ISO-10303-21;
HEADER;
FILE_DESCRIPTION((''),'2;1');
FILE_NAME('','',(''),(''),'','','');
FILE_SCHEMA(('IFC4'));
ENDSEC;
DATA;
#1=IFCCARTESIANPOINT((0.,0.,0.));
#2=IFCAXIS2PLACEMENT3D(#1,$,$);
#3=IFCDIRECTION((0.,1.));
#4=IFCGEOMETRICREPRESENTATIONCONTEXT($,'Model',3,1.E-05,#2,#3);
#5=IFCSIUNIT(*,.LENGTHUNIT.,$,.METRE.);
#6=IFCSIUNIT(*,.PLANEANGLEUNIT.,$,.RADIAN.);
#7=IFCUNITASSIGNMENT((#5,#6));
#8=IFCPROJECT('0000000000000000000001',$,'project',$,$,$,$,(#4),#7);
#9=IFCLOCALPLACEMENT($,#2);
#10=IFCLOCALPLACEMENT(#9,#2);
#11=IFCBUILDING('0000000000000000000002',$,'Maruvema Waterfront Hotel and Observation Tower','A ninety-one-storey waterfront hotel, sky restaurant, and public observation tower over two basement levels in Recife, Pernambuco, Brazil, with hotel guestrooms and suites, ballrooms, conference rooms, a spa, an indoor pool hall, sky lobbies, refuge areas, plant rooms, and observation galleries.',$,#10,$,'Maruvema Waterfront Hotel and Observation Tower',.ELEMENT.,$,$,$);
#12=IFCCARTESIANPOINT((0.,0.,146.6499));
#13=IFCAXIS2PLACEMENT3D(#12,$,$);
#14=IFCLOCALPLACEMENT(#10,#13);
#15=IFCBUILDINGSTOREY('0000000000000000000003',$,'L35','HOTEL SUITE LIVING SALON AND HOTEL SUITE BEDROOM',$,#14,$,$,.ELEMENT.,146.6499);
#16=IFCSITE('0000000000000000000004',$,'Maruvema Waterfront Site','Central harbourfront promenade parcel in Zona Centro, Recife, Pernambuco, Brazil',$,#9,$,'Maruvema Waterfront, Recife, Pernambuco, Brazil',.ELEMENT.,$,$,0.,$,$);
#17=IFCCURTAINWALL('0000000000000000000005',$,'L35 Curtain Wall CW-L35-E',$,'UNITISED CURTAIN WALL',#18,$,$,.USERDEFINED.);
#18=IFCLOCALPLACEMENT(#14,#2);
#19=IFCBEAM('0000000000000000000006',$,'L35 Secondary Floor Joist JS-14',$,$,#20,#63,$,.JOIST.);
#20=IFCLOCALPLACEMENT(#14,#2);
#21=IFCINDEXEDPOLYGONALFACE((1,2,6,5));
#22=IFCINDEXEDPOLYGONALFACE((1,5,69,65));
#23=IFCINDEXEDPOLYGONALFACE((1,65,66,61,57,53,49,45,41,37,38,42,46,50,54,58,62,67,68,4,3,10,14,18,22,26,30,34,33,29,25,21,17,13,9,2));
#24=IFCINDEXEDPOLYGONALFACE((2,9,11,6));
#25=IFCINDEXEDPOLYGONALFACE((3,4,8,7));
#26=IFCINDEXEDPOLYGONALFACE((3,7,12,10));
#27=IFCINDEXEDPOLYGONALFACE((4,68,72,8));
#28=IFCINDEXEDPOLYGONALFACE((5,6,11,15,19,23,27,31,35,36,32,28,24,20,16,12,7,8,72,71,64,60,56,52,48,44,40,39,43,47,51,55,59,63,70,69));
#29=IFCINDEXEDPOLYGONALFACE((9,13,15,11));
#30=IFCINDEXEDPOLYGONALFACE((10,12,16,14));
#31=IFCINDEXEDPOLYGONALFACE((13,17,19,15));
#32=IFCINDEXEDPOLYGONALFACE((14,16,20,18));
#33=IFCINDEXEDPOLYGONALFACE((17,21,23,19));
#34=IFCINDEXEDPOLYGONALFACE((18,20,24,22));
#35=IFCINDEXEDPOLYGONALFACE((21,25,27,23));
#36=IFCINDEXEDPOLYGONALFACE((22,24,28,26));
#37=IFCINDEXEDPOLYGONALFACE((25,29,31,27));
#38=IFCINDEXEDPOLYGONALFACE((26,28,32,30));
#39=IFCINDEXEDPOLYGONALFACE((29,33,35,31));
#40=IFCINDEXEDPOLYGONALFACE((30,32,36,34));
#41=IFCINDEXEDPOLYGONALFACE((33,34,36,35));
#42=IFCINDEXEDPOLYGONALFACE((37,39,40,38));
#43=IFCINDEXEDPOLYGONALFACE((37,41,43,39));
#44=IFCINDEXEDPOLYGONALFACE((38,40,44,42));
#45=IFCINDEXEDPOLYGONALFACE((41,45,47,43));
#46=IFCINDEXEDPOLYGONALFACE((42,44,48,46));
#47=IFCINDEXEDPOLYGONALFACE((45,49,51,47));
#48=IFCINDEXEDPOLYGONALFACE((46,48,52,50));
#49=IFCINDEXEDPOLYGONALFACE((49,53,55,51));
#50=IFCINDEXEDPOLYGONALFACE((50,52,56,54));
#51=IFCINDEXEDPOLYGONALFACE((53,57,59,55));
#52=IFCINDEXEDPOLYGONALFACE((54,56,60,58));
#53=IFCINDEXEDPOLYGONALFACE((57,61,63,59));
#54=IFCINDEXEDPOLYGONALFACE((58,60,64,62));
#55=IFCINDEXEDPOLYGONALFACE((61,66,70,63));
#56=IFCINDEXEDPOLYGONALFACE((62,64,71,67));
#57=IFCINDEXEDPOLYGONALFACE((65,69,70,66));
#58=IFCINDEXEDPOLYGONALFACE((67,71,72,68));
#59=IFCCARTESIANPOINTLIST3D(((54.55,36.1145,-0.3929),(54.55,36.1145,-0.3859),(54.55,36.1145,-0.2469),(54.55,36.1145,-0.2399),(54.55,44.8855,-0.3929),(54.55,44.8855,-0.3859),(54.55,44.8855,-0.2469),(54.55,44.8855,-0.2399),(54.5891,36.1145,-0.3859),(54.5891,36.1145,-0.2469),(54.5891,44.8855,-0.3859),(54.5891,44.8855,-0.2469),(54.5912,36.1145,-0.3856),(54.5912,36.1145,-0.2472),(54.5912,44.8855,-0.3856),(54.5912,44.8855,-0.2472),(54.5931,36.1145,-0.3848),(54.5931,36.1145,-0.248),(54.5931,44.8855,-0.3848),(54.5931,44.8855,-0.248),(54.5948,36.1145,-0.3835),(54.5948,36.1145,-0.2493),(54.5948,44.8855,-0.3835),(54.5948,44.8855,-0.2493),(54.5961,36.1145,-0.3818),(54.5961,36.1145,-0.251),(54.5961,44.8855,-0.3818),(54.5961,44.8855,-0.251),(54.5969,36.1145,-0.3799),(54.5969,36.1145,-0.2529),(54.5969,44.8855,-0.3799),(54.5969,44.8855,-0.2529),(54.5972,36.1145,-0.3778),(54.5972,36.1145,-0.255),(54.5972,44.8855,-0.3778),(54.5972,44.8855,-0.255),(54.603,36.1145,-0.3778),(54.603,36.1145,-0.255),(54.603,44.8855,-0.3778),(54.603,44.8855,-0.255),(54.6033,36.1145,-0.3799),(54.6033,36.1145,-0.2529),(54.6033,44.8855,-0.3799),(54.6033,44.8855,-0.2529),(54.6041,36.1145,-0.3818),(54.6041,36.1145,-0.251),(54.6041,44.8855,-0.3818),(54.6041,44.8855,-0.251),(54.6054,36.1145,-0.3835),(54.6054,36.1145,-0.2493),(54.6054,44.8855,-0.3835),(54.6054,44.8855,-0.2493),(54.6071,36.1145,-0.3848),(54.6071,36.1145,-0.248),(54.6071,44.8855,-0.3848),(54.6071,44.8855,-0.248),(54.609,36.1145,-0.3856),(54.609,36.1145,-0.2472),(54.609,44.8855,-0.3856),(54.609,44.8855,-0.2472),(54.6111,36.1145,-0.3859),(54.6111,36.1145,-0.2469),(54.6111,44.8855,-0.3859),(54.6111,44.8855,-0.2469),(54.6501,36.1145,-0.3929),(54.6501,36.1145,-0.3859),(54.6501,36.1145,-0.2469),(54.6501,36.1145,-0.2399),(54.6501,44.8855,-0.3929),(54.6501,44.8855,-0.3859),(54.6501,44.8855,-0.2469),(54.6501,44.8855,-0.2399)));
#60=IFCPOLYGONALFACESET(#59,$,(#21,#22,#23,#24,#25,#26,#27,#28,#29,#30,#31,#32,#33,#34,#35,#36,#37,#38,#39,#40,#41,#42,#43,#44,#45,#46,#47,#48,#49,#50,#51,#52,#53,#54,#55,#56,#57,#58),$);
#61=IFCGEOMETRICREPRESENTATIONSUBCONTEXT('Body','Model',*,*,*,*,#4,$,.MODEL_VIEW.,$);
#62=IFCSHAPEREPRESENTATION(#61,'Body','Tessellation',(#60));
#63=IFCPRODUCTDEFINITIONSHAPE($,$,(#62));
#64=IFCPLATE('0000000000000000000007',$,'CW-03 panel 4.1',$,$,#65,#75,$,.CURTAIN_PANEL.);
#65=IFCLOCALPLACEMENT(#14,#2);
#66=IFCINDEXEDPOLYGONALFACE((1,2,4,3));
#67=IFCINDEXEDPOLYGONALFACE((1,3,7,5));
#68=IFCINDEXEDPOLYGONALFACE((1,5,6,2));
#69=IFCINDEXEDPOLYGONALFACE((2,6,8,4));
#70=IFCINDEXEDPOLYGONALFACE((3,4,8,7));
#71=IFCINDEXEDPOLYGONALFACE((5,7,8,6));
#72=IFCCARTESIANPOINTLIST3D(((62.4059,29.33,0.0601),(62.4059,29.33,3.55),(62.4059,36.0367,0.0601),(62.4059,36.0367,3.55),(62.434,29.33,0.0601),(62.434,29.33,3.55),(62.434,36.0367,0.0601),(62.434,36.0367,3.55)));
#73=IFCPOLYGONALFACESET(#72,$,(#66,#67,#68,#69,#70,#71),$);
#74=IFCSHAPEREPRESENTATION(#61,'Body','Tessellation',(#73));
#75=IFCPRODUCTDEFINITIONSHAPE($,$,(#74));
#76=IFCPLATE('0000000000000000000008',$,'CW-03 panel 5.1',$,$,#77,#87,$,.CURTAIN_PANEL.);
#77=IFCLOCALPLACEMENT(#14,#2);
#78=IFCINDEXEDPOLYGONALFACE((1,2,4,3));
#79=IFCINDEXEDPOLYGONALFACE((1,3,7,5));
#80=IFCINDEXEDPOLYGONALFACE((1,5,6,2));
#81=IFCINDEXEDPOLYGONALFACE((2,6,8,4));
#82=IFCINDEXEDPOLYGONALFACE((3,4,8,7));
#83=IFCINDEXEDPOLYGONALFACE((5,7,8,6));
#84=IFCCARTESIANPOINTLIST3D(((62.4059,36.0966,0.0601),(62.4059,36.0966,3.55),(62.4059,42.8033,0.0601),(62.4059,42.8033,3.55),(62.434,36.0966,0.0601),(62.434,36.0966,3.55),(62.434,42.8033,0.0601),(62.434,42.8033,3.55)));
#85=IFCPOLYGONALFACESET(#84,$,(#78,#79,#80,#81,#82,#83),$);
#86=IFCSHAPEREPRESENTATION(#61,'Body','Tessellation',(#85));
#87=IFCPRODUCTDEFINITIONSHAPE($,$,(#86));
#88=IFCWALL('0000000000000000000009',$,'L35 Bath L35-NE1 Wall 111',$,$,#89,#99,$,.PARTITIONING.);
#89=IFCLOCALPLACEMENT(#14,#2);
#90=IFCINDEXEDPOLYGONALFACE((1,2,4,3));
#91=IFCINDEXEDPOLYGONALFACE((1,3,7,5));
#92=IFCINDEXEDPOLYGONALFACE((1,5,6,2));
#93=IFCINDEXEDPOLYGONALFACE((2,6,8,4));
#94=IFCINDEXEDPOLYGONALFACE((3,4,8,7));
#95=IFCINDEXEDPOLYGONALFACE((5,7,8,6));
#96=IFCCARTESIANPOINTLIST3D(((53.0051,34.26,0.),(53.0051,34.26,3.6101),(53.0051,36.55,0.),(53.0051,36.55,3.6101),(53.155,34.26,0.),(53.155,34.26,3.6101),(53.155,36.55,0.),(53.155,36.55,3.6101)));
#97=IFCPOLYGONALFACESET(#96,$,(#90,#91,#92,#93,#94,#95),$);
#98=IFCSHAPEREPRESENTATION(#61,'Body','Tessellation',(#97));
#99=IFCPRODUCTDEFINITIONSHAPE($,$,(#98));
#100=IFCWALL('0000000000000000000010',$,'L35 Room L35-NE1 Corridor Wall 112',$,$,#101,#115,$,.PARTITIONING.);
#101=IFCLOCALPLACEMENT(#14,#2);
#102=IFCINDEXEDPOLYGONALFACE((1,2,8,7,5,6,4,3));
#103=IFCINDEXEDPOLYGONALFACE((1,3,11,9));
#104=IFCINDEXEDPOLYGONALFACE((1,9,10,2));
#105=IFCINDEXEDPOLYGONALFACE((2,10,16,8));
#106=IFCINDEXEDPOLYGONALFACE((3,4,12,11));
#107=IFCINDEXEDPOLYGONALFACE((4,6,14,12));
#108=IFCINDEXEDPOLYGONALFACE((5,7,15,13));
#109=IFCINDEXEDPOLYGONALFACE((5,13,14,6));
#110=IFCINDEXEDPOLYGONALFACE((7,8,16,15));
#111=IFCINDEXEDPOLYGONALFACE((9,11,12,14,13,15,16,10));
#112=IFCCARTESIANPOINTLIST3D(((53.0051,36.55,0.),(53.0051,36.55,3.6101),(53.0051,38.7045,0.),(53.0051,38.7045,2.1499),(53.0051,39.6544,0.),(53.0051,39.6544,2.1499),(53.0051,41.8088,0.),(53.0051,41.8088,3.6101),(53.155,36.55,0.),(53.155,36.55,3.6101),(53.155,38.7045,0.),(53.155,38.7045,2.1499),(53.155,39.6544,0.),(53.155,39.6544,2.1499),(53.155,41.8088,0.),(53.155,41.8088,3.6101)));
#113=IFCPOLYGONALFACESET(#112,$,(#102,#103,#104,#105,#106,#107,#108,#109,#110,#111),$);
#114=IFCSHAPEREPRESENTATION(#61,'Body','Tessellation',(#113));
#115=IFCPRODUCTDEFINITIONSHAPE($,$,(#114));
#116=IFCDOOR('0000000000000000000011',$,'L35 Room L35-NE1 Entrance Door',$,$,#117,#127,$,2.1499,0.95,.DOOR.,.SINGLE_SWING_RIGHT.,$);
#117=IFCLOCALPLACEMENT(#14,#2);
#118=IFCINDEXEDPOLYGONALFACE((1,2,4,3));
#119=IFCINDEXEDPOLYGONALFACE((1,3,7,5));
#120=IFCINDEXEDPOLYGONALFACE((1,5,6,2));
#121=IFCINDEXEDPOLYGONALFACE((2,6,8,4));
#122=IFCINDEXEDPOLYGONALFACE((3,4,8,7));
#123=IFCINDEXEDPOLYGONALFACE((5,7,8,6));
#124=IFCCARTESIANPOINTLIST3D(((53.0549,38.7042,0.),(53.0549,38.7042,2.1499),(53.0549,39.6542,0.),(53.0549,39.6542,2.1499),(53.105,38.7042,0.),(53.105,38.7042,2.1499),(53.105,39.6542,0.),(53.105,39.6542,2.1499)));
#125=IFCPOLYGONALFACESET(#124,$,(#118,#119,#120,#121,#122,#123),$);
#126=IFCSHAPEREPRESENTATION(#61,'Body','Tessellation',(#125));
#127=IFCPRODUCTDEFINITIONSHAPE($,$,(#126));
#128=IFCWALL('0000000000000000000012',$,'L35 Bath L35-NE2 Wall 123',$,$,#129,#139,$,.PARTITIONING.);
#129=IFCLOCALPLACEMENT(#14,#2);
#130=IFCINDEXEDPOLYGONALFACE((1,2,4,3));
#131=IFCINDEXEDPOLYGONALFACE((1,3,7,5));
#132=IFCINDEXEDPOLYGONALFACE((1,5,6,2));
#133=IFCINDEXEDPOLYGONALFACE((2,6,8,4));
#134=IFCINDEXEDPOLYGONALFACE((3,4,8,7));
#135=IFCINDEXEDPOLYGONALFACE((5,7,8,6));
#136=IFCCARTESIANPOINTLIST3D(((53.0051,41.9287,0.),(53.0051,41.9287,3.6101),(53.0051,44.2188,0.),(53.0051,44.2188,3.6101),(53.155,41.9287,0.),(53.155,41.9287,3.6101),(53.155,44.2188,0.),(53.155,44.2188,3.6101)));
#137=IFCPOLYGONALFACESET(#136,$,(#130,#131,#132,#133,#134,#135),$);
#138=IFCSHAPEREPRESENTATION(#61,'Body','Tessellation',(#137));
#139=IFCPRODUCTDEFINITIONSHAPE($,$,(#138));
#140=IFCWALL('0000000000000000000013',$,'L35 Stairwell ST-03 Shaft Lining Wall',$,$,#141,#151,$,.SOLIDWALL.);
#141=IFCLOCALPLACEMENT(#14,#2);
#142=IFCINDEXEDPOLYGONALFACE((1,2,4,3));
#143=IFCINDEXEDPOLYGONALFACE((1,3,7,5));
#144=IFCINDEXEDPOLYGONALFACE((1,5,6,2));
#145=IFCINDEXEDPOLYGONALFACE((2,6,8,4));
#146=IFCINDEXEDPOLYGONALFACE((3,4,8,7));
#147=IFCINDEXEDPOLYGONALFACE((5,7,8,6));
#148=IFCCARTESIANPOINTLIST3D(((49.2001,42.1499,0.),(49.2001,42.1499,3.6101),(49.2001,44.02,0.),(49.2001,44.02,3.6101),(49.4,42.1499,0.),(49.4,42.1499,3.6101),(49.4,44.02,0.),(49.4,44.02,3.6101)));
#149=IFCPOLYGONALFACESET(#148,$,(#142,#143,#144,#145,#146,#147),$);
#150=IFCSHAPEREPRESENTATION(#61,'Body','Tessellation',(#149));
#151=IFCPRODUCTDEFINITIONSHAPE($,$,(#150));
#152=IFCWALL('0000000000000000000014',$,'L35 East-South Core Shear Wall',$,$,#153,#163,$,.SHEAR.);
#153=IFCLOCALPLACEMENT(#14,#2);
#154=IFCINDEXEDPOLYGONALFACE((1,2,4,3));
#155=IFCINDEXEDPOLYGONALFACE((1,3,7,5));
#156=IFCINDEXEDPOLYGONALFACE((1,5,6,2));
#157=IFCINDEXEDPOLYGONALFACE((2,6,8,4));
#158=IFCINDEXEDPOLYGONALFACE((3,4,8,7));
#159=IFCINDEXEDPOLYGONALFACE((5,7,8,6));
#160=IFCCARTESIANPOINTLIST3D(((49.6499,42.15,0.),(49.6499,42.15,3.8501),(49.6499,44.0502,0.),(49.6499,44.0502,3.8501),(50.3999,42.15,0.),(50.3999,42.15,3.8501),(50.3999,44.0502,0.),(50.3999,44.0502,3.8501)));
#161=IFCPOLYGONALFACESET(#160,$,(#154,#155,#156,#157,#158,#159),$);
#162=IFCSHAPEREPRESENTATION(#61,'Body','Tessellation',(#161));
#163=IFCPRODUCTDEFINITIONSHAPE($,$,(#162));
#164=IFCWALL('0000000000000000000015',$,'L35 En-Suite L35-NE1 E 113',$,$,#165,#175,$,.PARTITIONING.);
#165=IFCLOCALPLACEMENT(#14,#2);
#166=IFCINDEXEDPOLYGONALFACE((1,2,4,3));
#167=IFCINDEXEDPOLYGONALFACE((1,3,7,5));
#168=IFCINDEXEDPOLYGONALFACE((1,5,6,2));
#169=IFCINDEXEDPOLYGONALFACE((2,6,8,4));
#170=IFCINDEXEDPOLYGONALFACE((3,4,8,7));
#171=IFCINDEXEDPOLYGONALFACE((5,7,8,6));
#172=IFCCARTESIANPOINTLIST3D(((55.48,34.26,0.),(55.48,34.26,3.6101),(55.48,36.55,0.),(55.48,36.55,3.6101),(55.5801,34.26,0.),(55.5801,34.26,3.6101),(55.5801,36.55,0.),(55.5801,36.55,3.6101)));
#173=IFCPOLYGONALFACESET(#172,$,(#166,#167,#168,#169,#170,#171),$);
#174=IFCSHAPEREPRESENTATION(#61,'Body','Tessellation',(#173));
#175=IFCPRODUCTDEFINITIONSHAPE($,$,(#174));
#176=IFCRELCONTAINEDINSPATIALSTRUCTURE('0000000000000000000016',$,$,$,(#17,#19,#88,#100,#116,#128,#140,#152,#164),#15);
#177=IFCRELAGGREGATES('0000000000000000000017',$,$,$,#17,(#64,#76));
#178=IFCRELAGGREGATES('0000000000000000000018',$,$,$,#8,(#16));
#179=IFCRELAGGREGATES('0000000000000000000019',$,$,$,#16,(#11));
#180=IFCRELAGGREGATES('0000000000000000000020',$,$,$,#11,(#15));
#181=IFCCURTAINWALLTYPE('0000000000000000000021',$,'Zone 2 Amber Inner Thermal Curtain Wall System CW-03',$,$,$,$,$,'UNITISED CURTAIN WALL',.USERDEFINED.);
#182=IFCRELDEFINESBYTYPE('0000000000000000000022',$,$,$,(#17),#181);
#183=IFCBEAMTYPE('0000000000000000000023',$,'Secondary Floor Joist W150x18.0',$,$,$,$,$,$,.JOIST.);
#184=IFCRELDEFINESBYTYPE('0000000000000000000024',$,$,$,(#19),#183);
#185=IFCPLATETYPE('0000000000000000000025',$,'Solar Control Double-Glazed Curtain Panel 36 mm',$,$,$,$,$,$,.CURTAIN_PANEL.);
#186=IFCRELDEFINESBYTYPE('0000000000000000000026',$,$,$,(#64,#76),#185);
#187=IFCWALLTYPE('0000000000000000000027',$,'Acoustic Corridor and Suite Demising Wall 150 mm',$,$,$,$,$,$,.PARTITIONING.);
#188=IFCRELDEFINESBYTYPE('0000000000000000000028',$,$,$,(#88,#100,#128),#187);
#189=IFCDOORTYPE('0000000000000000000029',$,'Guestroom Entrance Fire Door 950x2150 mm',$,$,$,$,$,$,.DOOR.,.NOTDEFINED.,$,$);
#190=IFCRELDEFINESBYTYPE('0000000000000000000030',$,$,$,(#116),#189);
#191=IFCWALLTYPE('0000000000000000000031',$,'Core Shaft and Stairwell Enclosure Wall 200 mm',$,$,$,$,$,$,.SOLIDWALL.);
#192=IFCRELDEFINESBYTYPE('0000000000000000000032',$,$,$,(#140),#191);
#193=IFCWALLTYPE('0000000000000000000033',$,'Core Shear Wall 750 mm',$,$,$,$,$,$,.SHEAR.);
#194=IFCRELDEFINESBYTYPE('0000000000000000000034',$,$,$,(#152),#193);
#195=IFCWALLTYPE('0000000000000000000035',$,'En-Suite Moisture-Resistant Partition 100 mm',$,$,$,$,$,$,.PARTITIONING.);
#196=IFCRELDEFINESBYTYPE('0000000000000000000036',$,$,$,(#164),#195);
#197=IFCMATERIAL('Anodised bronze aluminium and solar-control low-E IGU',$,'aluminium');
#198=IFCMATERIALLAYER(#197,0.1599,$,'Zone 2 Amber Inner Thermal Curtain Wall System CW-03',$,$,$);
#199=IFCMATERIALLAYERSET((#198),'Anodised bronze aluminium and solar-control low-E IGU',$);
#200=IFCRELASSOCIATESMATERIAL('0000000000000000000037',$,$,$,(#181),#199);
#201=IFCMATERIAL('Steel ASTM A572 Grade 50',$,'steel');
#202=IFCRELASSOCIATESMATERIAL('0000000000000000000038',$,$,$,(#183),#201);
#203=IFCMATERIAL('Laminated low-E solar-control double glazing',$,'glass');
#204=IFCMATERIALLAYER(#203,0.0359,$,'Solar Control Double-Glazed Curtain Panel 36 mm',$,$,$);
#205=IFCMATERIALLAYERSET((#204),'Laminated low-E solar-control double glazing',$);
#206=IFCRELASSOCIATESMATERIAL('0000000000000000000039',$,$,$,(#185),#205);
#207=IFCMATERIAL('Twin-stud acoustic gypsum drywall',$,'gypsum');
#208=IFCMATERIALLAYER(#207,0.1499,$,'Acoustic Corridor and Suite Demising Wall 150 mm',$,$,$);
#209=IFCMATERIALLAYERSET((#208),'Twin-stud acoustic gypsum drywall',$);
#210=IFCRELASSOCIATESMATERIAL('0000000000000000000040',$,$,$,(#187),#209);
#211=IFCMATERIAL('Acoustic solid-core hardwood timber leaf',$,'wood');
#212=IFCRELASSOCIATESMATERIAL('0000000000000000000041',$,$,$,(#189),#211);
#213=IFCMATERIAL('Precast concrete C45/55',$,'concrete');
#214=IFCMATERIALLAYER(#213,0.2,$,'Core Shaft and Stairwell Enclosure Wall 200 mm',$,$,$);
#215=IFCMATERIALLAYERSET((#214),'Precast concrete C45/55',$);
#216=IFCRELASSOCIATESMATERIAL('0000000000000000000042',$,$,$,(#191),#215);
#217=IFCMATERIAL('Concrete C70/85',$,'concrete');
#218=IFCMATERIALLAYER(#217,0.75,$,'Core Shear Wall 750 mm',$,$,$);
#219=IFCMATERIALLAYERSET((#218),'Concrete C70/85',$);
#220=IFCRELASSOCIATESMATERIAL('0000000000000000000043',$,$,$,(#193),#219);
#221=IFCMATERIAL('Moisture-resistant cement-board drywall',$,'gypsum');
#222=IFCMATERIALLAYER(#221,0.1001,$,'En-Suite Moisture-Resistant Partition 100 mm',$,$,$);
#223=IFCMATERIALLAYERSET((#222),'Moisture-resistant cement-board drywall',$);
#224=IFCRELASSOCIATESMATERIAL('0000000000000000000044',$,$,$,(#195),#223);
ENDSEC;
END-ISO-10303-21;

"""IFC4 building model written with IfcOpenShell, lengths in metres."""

from ifc_helpers import new_model, si_unit, direction, frame, frame_2d, origin, origin_2d, place, context, subcontext, project, spatial, rectangle, i_section, extrude, material, layer, layer_set, material_profile, profile_set, type_object, element, fill, aggregate, save


model = new_model("IFC4")

# Units and contexts
model_context = context("Model", 3, precision=1e-05, world=origin(), true_north=direction((0.0, 1.0)))
body_context = subcontext(model_context, "Body", "Model", "MODEL_VIEW")
ifc_project = project(units=[si_unit("LENGTHUNIT", "METRE"), si_unit("PLANEANGLEUNIT", "RADIAN")], contexts=[model_context])

# Site, building, storey
site_placement = place(None, origin())
site = spatial("IfcSite", under=ifc_project, at=site_placement, Name="Maruvema Waterfront Site", Description="Central harbourfront promenade parcel in Zona Centro, Recife, Pernambuco, Brazil", LongName="Maruvema Waterfront, Recife, Pernambuco, Brazil", CompositionType="ELEMENT", RefElevation=0.0)
building_placement = place(site_placement, origin())
building = spatial("IfcBuilding", under=site, at=building_placement, Name="Maruvema Waterfront Hotel and Observation Tower", Description="A ninety-one-storey waterfront hotel, sky restaurant, and public observation tower over two basement levels in Recife, Pernambuco, Brazil, with hotel guestrooms and suites, ballrooms, conference rooms, a spa, an indoor pool hall, sky lobbies, refuge areas, plant rooms, and observation galleries.", LongName="Maruvema Waterfront Hotel and Observation Tower", CompositionType="ELEMENT")
storey_placement = place(building_placement, frame((0.0, 0.0, 146.6499)))
storey = spatial("IfcBuildingStorey", under=building, at=storey_placement, Name="L35", Description="HOTEL SUITE LIVING SALON AND HOTEL SUITE BEDROOM", CompositionType="ELEMENT", Elevation=146.6499)

# Curtain wall
ifc_material_1 = material(Name="Anodised bronze aluminium and solar-control low-E IGU", Category="aluminium")
ifc_layer_1 = layer(ifc_material_1, 0.1599, Name="Zone 2 Amber Inner Thermal Curtain Wall System CW-03")
ifc_layer_set_1 = layer_set([ifc_layer_1], Name="Anodised bronze aluminium and solar-control low-E IGU")
curtain_wall_type = type_object("IfcCurtainWallType", Name="Zone 2 Amber Inner Thermal Curtain Wall System CW-03", ElementType="UNITISED CURTAIN WALL", PredefinedType="USERDEFINED", material=ifc_layer_set_1)
curtain_wall_placement = place(storey_placement, origin())
curtain_wall = element("IfcCurtainWall", 1, at=curtain_wall_placement, inside=storey, type_object=curtain_wall_type, Name="L35 Curtain Wall CW-L35-E", ObjectType="UNITISED CURTAIN WALL", PredefinedType="USERDEFINED")

# Beam
ifc_material_2 = material(Name="Steel ASTM A572 Grade 50", Category="steel")
ifc_material_profile_1 = material_profile(ifc_material_2, i_section(OverallWidth=0.1001, OverallDepth=0.1531, WebThickness=0.0059, FlangeThickness=0.0071, FilletRadius=0.0081, at=origin_2d()), Name="W150x18.0")
ifc_profile_set_1 = profile_set([ifc_material_profile_1], Name="Steel ASTM A572 Grade 50")
beam_type_1 = type_object("IfcBeamType", Name="Secondary Floor Joist W150x18.0", PredefinedType="JOIST", material=ifc_profile_set_1)
beam_1_placement = place(storey_placement, frame((54.6001, 36.1145, -0.3164), z_axis=(0.0, 1.0, 0.0), x_axis=(-1.0, 0.0, 0.0)))
element("IfcBeam", 2, at=beam_1_placement, inside=storey, type_object=beam_type_1, Name="L35 Secondary Floor Joist JS-14", PredefinedType="JOIST", context=body_context, shape_type="SweptSolid", body=[
    extrude(i_section(OverallWidth=0.1001, OverallDepth=0.1531, WebThickness=0.0059, FlangeThickness=0.0071, FilletRadius=0.0081, at=origin_2d()), origin(), (0.0, 0.0, 1.0), 8.771),
])

# Plates
ifc_material_3 = material(Name="Laminated low-E solar-control double glazing", Category="glass")
ifc_layer_2 = layer(ifc_material_3, 0.0359, Name="Solar Control Double-Glazed Curtain Panel 36 mm")
ifc_layer_set_2 = layer_set([ifc_layer_2], Name="Laminated low-E solar-control double glazing")
plate_type = type_object("IfcPlateType", Name="Solar Control Double-Glazed Curtain Panel 36 mm", PredefinedType="CURTAIN_PANEL", material=ifc_layer_set_2)
plate_1_placement = place(storey_placement, frame((62.4199, 32.6833, 0.0601), z_axis=(0.0, 0.0, 1.0), x_axis=(0.0, 1.0, 0.0)))
plate_1 = element("IfcPlate", 3, at=plate_1_placement, type_object=plate_type, Name="CW-03 panel 4.1", PredefinedType="CURTAIN_PANEL", context=body_context, shape_type="SweptSolid", body=[
    extrude(rectangle(XDim=6.7068, YDim=0.0281, at=origin_2d()), origin(), (0.0, 0.0, 1.0), 3.49),
])
plate_2_placement = place(storey_placement, frame((62.4199, 39.45, 0.0601), z_axis=(0.0, 0.0, 1.0), x_axis=(0.0, 1.0, 0.0)))
plate_2 = element("IfcPlate", 4, at=plate_2_placement, type_object=plate_type, Name="CW-03 panel 5.1", PredefinedType="CURTAIN_PANEL", context=body_context, shape_type="SweptSolid", body=[
    extrude(rectangle(XDim=6.7068, YDim=0.0281, at=origin_2d()), origin(), (0.0, 0.0, 1.0), 3.49),
])
aggregate(curtain_wall, [plate_1, plate_2])

# Wall
ifc_material_4 = material(Name="Twin-stud acoustic gypsum drywall", Category="gypsum")
ifc_layer_3 = layer(ifc_material_4, 0.1499, Name="Acoustic Corridor and Suite Demising Wall 150 mm")
ifc_layer_set_3 = layer_set([ifc_layer_3], Name="Twin-stud acoustic gypsum drywall")
wall_type_1 = type_object("IfcWallType", Name="Acoustic Corridor and Suite Demising Wall 150 mm", PredefinedType="PARTITIONING", material=ifc_layer_set_3)
wall_1_placement = place(storey_placement, frame((53.0801, 34.26, 0.0), z_axis=(0.0, 0.0, 1.0), x_axis=(0.0, 1.0, 0.0)))
element("IfcWall", 5, at=wall_1_placement, inside=storey, type_object=wall_type_1, Name="L35 Bath L35-NE1 Wall 111", PredefinedType="PARTITIONING", context=body_context, shape_type="SweptSolid", body=[
    extrude(rectangle(XDim=2.29, YDim=0.1499, at=frame_2d((1.145, 0.0))), origin(), (0.0, 0.0, 1.0), 3.6101),
])

# Wall, opening, door
wall_2_placement = place(storey_placement, frame((53.0801, 36.55, 0.0), z_axis=(0.0, 0.0, 1.0), x_axis=(0.0, 1.0, 0.0)))
wall_2 = element("IfcWall", 6, at=wall_2_placement, inside=storey, type_object=wall_type_1, Name="L35 Room L35-NE1 Corridor Wall 112", PredefinedType="PARTITIONING", context=body_context, shape_type="SweptSolid", body=[
    extrude(rectangle(XDim=5.2588, YDim=0.1499, at=frame_2d((2.6294, 0.0))), origin(), (0.0, 0.0, 1.0), 3.6101),
])
opening_1_placement = place(wall_2_placement, frame((2.1543, 0.0, 0.0)))
opening_1 = element("IfcOpeningElement", 7, at=opening_1_placement, cuts=wall_2, PredefinedType="OPENING", context=body_context, shape_type="SweptSolid", body=[
    extrude(rectangle(XDim=0.95, YDim=2.1499, at=frame_2d((0.4751, 1.075))), frame((0.0, 0.085, 0.0), z_axis=(0.0, -1.0, 0.0), x_axis=(1.0, 0.0, 0.0)), (0.0, 0.0, 1.0), 0.1699),
])
ifc_material_5 = material(Name="Acoustic solid-core hardwood timber leaf", Category="wood")
door_type_1 = type_object("IfcDoorType", Name="Guestroom Entrance Fire Door 950x2150 mm", OperationType="NOTDEFINED", PredefinedType="DOOR", material=ifc_material_5)
door_1_placement = place(opening_1_placement, frame((0.95, 0.0, 0.0), z_axis=(0.0, 0.0, 1.0), x_axis=(-1.0, 0.0, 0.0)))
door_1 = element("IfcDoor", 8, at=door_1_placement, inside=storey, type_object=door_type_1, Name="L35 Room L35-NE1 Entrance Door", OperationType="SINGLE_SWING_RIGHT", OverallHeight=2.1499, OverallWidth=0.95, PredefinedType="DOOR", context=body_context, shape_type="SweptSolid", body=[
    extrude(rectangle(XDim=0.95, YDim=2.1499, at=frame_2d((0.4751, 1.075))), frame((0.0, 0.0249, 0.0), z_axis=(0.0, -1.0, 0.0), x_axis=(1.0, 0.0, 0.0)), (0.0, 0.0, 1.0), 0.05),
])
fill(opening_1, door_1)

# Walls
wall_3_placement = place(storey_placement, frame((53.0801, 41.9287, 0.0), z_axis=(0.0, 0.0, 1.0), x_axis=(0.0, 1.0, 0.0)))
element("IfcWall", 9, at=wall_3_placement, inside=storey, type_object=wall_type_1, Name="L35 Bath L35-NE2 Wall 123", PredefinedType="PARTITIONING", context=body_context, shape_type="SweptSolid", body=[
    extrude(rectangle(XDim=2.29, YDim=0.1499, at=frame_2d((1.145, 0.0))), origin(), (0.0, 0.0, 1.0), 3.6101),
])
ifc_material_6 = material(Name="Precast concrete C45/55", Category="concrete")
ifc_layer_4 = layer(ifc_material_6, 0.2, Name="Core Shaft and Stairwell Enclosure Wall 200 mm")
ifc_layer_set_4 = layer_set([ifc_layer_4], Name="Precast concrete C45/55")
wall_type_2 = type_object("IfcWallType", Name="Core Shaft and Stairwell Enclosure Wall 200 mm", PredefinedType="SOLIDWALL", material=ifc_layer_set_4)
wall_4_placement = place(storey_placement, frame((49.3, 42.1499, 0.0), z_axis=(0.0, 0.0, 1.0), x_axis=(0.0, 1.0, 0.0)))
element("IfcWall", 10, at=wall_4_placement, inside=storey, type_object=wall_type_2, Name="L35 Stairwell ST-03 Shaft Lining Wall", PredefinedType="SOLIDWALL", context=body_context, shape_type="SweptSolid", body=[
    extrude(rectangle(XDim=1.8701, YDim=0.2, at=frame_2d((0.9351, 0.0))), origin(), (0.0, 0.0, 1.0), 3.6101),
])
ifc_material_7 = material(Name="Concrete C70/85", Category="concrete")
ifc_layer_5 = layer(ifc_material_7, 0.75, Name="Core Shear Wall 750 mm")
ifc_layer_set_5 = layer_set([ifc_layer_5], Name="Concrete C70/85")
wall_type_3 = type_object("IfcWallType", Name="Core Shear Wall 750 mm", PredefinedType="SHEAR", material=ifc_layer_set_5)
wall_5_placement = place(storey_placement, frame((50.0249, 42.1499, 0.0), z_axis=(0.0, 0.0, 1.0), x_axis=(0.0, 1.0, 0.0)))
element("IfcWall", 11, at=wall_5_placement, inside=storey, type_object=wall_type_3, Name="L35 East-South Core Shear Wall", PredefinedType="SHEAR", context=body_context, shape_type="SweptSolid", body=[
    extrude(rectangle(XDim=1.9001, YDim=0.75, at=frame_2d((0.9502, 0.0))), origin(), (0.0, 0.0, 1.0), 3.8501),
])
ifc_material_8 = material(Name="Moisture-resistant cement-board drywall", Category="gypsum")
ifc_layer_6 = layer(ifc_material_8, 0.1001, Name="En-Suite Moisture-Resistant Partition 100 mm")
ifc_layer_set_6 = layer_set([ifc_layer_6], Name="Moisture-resistant cement-board drywall")
wall_type_4 = type_object("IfcWallType", Name="En-Suite Moisture-Resistant Partition 100 mm", PredefinedType="PARTITIONING", material=ifc_layer_set_6)
wall_6_placement = place(storey_placement, frame((55.53, 34.26, 0.0), z_axis=(0.0, 0.0, 1.0), x_axis=(0.0, 1.0, 0.0)))
element("IfcWall", 12, at=wall_6_placement, inside=storey, type_object=wall_type_4, Name="L35 En-Suite L35-NE1 E 113", PredefinedType="PARTITIONING", context=body_context, shape_type="SweptSolid", body=[
    extrude(rectangle(XDim=2.29, YDim=0.1001, at=frame_2d((1.145, 0.0))), origin(), (0.0, 0.0, 1.0), 3.6101),
])

save(model, "model.ifc")
